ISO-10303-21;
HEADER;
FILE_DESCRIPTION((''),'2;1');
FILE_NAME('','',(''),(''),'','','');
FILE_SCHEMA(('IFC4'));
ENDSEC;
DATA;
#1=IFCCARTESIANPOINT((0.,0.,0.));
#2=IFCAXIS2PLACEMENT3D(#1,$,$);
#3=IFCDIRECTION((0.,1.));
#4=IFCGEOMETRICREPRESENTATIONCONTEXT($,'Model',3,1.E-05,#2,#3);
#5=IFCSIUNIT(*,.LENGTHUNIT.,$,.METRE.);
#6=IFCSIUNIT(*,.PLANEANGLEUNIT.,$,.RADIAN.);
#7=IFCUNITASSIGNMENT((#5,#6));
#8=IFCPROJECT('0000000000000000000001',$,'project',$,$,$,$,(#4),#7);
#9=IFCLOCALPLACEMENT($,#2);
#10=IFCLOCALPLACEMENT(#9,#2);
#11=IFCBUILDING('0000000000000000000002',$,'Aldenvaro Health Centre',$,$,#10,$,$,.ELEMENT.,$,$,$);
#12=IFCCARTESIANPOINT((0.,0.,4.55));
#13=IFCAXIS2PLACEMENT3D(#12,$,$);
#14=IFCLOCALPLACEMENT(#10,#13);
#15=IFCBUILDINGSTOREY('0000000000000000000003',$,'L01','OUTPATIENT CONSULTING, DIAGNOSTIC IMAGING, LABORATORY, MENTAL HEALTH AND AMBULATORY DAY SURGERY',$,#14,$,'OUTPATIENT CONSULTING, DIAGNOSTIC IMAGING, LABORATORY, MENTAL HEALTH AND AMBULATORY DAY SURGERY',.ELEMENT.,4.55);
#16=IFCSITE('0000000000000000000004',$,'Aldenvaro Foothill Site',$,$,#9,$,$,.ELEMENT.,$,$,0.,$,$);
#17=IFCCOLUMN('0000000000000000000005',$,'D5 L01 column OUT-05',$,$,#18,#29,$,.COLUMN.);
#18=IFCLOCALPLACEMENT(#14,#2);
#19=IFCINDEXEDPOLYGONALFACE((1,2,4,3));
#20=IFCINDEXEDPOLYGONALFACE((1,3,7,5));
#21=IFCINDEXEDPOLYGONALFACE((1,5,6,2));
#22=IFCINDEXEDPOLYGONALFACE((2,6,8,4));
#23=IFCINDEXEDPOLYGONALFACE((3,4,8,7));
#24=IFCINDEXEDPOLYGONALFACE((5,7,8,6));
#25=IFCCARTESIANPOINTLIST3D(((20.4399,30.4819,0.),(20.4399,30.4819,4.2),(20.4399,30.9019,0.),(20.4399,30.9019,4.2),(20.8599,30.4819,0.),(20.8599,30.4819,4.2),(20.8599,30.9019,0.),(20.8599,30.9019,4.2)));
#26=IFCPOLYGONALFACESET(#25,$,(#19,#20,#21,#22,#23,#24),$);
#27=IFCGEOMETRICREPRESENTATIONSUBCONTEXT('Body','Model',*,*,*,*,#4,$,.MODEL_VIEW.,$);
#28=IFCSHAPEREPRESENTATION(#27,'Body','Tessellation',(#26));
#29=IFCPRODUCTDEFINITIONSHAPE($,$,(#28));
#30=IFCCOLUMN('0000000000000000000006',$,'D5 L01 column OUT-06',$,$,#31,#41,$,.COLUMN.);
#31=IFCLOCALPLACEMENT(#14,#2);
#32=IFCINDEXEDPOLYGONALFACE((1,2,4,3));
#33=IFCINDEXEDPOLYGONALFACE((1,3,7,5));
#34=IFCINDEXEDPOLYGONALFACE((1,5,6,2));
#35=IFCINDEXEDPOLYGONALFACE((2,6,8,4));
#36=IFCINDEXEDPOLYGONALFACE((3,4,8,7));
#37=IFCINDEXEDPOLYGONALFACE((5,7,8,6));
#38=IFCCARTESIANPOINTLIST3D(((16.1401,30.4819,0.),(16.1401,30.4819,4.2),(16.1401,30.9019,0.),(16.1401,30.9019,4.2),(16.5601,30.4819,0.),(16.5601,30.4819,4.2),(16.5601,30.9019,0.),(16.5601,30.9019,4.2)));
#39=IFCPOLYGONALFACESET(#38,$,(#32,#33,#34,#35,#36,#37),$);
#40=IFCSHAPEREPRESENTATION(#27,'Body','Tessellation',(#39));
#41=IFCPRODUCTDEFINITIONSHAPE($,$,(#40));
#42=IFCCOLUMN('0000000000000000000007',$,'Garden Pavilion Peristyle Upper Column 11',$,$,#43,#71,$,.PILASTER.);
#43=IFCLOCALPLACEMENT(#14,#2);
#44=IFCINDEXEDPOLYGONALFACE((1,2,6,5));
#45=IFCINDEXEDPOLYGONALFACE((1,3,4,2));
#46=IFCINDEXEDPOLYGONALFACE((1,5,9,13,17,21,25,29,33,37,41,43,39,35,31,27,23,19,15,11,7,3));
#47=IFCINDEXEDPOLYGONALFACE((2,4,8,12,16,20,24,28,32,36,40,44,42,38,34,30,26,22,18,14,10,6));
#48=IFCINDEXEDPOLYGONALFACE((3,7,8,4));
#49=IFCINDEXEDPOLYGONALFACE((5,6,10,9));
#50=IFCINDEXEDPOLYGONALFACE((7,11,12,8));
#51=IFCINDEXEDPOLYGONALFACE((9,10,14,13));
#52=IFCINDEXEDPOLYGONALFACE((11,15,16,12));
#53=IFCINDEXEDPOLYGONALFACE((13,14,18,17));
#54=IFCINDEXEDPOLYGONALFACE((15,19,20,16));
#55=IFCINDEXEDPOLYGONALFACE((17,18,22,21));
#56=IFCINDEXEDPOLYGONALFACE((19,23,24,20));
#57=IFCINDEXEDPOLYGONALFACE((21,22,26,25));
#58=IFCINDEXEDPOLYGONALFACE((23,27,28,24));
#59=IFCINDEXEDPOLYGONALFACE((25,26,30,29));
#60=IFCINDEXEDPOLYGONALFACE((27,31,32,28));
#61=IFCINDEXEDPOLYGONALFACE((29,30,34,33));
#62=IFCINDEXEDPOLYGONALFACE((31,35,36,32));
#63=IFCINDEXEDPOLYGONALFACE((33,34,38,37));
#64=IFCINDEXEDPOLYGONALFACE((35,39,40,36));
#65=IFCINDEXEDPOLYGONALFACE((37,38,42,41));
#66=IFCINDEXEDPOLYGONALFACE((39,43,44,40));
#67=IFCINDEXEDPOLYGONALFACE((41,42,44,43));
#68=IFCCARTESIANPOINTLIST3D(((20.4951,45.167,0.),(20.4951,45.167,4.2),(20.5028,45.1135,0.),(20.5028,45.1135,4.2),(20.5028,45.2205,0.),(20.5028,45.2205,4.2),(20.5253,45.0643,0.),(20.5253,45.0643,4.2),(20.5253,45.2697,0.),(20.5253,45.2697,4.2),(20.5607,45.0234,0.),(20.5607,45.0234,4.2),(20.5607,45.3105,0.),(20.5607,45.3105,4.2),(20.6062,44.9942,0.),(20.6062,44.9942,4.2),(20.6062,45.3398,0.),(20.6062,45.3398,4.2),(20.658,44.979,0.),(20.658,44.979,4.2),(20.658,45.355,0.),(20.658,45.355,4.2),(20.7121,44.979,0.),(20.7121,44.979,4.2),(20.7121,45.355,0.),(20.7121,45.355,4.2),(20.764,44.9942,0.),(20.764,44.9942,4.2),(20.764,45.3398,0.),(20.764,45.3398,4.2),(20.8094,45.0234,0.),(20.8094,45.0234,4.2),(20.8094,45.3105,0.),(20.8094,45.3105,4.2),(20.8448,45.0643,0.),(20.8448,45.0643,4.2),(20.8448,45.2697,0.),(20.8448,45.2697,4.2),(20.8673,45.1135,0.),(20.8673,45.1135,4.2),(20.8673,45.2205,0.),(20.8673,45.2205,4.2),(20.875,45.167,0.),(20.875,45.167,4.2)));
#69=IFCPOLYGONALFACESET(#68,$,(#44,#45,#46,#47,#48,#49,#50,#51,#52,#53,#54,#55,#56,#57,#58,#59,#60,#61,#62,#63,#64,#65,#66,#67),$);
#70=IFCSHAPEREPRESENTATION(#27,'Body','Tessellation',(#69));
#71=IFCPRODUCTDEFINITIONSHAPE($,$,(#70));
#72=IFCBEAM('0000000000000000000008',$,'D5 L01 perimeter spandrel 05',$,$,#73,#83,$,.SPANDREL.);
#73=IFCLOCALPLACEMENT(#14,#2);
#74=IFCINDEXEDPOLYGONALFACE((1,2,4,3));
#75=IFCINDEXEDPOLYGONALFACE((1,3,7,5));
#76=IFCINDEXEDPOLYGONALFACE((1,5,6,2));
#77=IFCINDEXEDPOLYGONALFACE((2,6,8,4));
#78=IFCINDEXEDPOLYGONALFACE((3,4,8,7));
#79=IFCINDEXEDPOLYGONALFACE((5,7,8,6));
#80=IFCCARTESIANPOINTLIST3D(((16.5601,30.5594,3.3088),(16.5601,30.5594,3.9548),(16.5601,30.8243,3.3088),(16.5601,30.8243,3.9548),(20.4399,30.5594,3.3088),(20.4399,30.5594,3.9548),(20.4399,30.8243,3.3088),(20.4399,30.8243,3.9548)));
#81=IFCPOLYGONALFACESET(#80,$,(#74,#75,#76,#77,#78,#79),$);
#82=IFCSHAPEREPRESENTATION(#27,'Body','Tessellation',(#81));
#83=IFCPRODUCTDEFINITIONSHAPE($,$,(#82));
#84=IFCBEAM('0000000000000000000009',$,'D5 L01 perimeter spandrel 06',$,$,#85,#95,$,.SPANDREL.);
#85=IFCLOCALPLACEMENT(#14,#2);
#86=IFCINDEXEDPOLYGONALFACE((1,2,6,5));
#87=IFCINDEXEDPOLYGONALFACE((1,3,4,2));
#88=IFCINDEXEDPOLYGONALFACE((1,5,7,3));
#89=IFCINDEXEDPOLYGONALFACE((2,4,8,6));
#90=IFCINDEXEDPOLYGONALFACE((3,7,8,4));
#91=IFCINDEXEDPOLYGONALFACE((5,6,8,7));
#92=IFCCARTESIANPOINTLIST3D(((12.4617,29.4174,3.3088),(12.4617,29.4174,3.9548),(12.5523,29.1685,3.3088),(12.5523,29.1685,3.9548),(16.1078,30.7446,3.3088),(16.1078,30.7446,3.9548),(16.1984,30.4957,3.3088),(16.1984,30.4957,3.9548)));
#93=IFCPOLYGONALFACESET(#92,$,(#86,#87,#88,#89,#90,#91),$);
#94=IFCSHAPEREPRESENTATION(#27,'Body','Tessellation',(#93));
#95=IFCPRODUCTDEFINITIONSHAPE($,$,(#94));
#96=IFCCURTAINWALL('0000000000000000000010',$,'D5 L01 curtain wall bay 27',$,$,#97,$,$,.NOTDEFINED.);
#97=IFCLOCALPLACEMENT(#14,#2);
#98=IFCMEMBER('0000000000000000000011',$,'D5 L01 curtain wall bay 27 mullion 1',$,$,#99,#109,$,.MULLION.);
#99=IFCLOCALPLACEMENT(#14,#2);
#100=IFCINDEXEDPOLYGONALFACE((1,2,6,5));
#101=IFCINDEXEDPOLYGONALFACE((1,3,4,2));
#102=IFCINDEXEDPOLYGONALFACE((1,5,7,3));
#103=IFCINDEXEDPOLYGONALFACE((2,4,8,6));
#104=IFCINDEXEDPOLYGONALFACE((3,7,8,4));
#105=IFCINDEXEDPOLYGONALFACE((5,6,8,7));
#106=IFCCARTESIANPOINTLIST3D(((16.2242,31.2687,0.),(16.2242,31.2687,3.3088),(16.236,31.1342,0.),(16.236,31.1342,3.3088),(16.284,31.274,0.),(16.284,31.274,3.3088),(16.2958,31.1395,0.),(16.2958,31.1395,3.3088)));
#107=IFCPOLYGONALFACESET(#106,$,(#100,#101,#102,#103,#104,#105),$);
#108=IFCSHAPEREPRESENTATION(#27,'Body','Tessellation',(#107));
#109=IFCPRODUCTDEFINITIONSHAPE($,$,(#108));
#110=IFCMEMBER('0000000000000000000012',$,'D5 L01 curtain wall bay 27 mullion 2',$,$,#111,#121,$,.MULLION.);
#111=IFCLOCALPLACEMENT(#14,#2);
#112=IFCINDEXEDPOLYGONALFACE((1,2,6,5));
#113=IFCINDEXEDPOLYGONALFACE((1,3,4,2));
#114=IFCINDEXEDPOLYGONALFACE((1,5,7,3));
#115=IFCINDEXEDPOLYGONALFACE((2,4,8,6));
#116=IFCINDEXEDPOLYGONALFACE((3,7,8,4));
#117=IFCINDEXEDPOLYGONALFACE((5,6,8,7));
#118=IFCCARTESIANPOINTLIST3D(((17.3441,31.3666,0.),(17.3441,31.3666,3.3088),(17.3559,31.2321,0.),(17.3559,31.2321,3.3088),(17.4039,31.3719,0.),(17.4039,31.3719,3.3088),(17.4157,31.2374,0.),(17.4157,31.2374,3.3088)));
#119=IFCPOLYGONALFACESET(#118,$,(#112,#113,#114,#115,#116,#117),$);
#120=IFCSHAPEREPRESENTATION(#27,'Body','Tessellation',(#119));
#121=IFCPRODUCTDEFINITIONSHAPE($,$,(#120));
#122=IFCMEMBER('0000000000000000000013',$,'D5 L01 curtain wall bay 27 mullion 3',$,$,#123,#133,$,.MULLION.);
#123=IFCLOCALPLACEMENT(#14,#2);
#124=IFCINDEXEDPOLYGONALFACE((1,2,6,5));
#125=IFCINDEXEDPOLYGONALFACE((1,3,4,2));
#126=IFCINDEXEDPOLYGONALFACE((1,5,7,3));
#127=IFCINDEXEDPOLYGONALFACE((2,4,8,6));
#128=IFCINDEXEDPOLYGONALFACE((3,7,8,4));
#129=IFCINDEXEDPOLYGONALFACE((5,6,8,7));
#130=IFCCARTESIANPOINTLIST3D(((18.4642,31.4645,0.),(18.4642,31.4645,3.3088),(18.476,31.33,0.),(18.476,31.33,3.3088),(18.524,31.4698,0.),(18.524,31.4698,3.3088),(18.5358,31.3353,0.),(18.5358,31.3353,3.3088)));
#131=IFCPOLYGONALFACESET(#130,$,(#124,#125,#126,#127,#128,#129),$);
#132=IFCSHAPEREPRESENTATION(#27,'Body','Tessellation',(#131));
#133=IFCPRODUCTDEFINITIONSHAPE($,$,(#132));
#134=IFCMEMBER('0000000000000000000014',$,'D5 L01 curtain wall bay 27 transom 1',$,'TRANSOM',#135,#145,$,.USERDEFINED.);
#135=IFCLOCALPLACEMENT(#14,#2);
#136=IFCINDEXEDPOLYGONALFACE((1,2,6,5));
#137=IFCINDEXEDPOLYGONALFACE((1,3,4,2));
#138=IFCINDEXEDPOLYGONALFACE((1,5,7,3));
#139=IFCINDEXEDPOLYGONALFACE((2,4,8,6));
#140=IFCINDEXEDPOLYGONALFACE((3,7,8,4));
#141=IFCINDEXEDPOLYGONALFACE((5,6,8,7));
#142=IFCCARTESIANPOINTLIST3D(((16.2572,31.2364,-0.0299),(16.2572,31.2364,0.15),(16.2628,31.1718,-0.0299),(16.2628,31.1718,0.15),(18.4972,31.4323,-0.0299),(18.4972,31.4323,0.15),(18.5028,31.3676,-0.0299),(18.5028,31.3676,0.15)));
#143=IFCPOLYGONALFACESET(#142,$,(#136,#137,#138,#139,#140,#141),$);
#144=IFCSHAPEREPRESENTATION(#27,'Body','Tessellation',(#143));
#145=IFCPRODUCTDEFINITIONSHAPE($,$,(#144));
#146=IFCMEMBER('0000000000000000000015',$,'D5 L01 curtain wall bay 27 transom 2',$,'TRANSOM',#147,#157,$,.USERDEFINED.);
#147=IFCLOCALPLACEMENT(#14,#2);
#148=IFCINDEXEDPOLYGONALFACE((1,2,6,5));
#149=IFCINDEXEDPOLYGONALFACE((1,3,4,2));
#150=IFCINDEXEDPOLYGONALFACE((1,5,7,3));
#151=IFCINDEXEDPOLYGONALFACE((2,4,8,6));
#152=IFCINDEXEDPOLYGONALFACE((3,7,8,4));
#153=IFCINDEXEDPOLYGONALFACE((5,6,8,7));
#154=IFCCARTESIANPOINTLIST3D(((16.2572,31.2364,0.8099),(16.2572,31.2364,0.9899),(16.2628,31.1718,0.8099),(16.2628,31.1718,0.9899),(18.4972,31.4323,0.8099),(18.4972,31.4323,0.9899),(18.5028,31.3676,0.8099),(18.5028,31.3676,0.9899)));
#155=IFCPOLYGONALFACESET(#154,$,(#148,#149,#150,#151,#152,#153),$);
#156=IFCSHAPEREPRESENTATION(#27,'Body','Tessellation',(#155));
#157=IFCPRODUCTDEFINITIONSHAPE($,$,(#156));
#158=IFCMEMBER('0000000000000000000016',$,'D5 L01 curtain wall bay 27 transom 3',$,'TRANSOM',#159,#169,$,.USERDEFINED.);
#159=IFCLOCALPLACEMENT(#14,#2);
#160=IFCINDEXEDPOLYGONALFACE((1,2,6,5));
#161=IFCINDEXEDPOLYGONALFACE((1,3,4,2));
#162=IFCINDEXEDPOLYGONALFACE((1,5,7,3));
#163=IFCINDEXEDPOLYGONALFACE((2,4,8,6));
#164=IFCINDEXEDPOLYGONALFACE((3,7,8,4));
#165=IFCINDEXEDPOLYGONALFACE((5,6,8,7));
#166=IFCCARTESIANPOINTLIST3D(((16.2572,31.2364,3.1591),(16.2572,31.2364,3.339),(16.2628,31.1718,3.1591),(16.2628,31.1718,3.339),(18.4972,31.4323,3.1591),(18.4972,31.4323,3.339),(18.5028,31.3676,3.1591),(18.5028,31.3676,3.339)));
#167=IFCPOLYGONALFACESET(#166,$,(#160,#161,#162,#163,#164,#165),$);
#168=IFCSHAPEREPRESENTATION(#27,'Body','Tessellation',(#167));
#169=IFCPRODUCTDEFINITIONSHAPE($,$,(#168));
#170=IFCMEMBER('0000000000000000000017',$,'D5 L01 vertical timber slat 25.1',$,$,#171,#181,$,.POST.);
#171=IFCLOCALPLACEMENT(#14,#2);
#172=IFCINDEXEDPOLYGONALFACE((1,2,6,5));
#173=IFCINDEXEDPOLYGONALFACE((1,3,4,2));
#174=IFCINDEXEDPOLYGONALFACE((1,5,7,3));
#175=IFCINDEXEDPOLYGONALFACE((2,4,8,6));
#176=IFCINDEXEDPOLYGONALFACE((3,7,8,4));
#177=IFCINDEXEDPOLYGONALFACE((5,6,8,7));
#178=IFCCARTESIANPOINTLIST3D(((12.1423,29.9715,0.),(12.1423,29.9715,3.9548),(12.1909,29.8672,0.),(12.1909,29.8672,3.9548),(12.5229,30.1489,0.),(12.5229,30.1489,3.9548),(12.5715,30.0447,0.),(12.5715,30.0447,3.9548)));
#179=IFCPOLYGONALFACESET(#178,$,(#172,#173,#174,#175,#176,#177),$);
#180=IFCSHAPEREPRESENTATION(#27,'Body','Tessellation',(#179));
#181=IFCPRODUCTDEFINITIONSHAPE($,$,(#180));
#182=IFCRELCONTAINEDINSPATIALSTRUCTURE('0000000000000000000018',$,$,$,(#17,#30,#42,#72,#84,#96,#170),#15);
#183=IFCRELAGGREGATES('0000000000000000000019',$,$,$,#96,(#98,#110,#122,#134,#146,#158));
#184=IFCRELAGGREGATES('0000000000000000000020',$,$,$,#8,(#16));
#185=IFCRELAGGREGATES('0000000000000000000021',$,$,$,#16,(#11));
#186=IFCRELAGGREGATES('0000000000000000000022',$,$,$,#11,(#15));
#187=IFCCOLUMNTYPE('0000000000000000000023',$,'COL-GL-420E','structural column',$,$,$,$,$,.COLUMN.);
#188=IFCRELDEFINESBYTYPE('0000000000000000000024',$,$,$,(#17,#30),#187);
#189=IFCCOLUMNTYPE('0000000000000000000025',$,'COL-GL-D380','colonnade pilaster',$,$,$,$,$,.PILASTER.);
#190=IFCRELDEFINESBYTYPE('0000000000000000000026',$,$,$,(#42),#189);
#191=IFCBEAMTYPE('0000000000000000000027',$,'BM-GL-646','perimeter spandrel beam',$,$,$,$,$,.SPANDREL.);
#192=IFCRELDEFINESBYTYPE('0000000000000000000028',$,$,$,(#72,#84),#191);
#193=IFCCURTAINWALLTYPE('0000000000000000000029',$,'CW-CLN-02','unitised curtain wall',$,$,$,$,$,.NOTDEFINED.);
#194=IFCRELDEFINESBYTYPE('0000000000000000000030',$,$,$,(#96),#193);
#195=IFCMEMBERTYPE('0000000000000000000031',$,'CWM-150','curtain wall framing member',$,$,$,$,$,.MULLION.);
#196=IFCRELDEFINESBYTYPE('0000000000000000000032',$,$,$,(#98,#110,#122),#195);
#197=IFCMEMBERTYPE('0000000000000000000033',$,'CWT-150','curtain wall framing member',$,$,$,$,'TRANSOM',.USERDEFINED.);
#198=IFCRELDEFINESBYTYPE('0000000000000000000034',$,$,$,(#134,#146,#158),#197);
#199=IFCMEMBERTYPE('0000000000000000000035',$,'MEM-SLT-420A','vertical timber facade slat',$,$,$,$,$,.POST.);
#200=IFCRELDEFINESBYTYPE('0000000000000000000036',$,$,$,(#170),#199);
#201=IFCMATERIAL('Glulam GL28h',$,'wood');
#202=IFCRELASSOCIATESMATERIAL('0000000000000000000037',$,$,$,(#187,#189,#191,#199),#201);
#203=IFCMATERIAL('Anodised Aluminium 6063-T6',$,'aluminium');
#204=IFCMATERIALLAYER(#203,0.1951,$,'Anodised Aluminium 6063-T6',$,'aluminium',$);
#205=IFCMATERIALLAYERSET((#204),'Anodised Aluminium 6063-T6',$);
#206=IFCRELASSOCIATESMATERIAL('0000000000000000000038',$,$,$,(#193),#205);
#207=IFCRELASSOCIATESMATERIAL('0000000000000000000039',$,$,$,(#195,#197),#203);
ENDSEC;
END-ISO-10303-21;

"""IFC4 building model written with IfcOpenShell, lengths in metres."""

from ifc_helpers import new_model, si_unit, direction, frame, origin, origin_2d, place, context, subcontext, project, spatial, rectangle, circle, extrude, material, layer, layer_set, material_profile, profile_set, type_object, element, aggregate, save


model = new_model("IFC4")

# Units and contexts
model_context = context("Model", 3, precision=1e-05, world=origin(), true_north=direction((0.0, 1.0)))
body_context = subcontext(model_context, "Body", "Model", "MODEL_VIEW")
ifc_project = project(units=[si_unit("LENGTHUNIT", "METRE"), si_unit("PLANEANGLEUNIT", "RADIAN")], contexts=[model_context])

# Site, building, storey
site_placement = place(None, origin())
site = spatial("IfcSite", under=ifc_project, at=site_placement, Name="Aldenvaro Foothill Site", CompositionType="ELEMENT", RefElevation=0.0)
building_placement = place(site_placement, origin())
building = spatial("IfcBuilding", under=site, at=building_placement, Name="Aldenvaro Health Centre", CompositionType="ELEMENT")
storey_placement = place(building_placement, frame((0.0, 0.0, 4.55)))
storey = spatial("IfcBuildingStorey", under=building, at=storey_placement, Name="L01", Description="OUTPATIENT CONSULTING, DIAGNOSTIC IMAGING, LABORATORY, MENTAL HEALTH AND AMBULATORY DAY SURGERY", LongName="OUTPATIENT CONSULTING, DIAGNOSTIC IMAGING, LABORATORY, MENTAL HEALTH AND AMBULATORY DAY SURGERY", CompositionType="ELEMENT", Elevation=4.55)

# Columns
ifc_material_1 = material(Name="Glulam GL28h", Category="wood")
ifc_material_profile_1 = material_profile(ifc_material_1, rectangle(XDim=0.4199, YDim=0.4199, at=origin_2d()), Name="GL 420x420", Category="wood")
ifc_profile_set_1 = profile_set([ifc_material_profile_1], Name="Glulam GL28h")
column_type_1 = type_object("IfcColumnType", Name="COL-GL-420E", Description="structural column", PredefinedType="COLUMN", material=ifc_profile_set_1)
for number, where, z_axis, x_axis, name in (
    (1, (20.6499, 30.6919, 0.0), (0.0, 0.0, 1.0), (1.0, 0.0, 0.0), "D5 L01 column OUT-05"),
    (2, (16.3501, 30.6919, 0.0), (0.0, 0.0, 1.0), (1.0, 0.0, 0.0), "D5 L01 column OUT-06"),
):
    element("IfcColumn", number, at=place(storey_placement, frame(where, z_axis=z_axis, x_axis=x_axis)), inside=storey, type_object=column_type_1, Name=name, PredefinedType="COLUMN", context=body_context, shape_type="SweptSolid", body=[
        extrude(rectangle(XDim=0.4199, YDim=0.4199, at=origin_2d()), origin(), (0.0, 0.0, 1.0), 4.2),
    ])
ifc_material_profile_2 = material_profile(ifc_material_1, circle(Radius=0.1899, at=origin_2d()), Name="GL D380", Category="wood")
ifc_profile_set_2 = profile_set([ifc_material_profile_2], Name="Glulam GL28h")
column_type_2 = type_object("IfcColumnType", Name="COL-GL-D380", Description="colonnade pilaster", PredefinedType="PILASTER", material=ifc_profile_set_2)
column_placement = place(storey_placement, frame((20.6851, 45.167, 0.0), z_axis=(0.0, 0.0, 1.0), x_axis=(1.0, 0.0, 0.0)))
element("IfcColumn", 3, at=column_placement, inside=storey, type_object=column_type_2, Name="Garden Pavilion Peristyle Upper Column 11", PredefinedType="PILASTER", context=body_context, shape_type="SweptSolid", body=[
    extrude(circle(Radius=0.1899, at=origin_2d()), origin(), (0.0, 0.0, 1.0), 4.2),
])

# Beams
ifc_material_profile_3 = material_profile(ifc_material_1, rectangle(XDim=0.2649, YDim=0.646, at=origin_2d()), Name="GL 265x646", Category="wood")
ifc_profile_set_3 = profile_set([ifc_material_profile_3], Name="Glulam GL28h")
beam_type = type_object("IfcBeamType", Name="BM-GL-646", Description="perimeter spandrel beam", PredefinedType="SPANDREL", material=ifc_profile_set_3)
beam_1_placement = place(storey_placement, frame((20.4399, 30.6919, 3.6318), z_axis=(-1.0, 0.0, 0.0), x_axis=(0.0, -1.0, 0.0)))
element("IfcBeam", 4, at=beam_1_placement, inside=storey, type_object=beam_type, Name="D5 L01 perimeter spandrel 05", PredefinedType="SPANDREL", context=body_context, shape_type="SweptSolid", body=[
    extrude(rectangle(XDim=0.2649, YDim=0.646, at=origin_2d()), origin(), (0.0, 0.0, 1.0), 3.8799),
])
beam_2_placement = place(storey_placement, frame((16.1531, 30.6201, 3.6318), z_axis=(-0.939683, -0.342046, 0.0), x_axis=(0.342046, -0.939683, 0.0)))
element("IfcBeam", 5, at=beam_2_placement, inside=storey, type_object=beam_type, Name="D5 L01 perimeter spandrel 06", PredefinedType="SPANDREL", context=body_context, shape_type="SweptSolid", body=[
    extrude(rectangle(XDim=0.2649, YDim=0.646, at=origin_2d()), origin(), (0.0, 0.0, 1.0), 3.8801),
])

# Curtain wall, members
ifc_material_2 = material(Name="Anodised Aluminium 6063-T6", Category="aluminium")
ifc_layer_1 = layer(ifc_material_2, 0.1951, Name="Anodised Aluminium 6063-T6", Category="aluminium")
ifc_layer_set_1 = layer_set([ifc_layer_1], Name="Anodised Aluminium 6063-T6")
curtain_wall_type = type_object("IfcCurtainWallType", Name="CW-CLN-02", Description="unitised curtain wall", PredefinedType="NOTDEFINED", material=ifc_layer_set_1)
curtain_wall_placement = place(storey_placement, origin())
curtain_wall = element("IfcCurtainWall", 6, at=curtain_wall_placement, inside=storey, type_object=curtain_wall_type, Name="D5 L01 curtain wall bay 27", PredefinedType="NOTDEFINED")
ifc_material_profile_4 = material_profile(ifc_material_2, rectangle(XDim=0.0601, YDim=0.135, at=origin_2d()), Name="ALU 60x135", Category="aluminium")
ifc_profile_set_4 = profile_set([ifc_material_profile_4], Name="Anodised Aluminium 6063-T6")
member_type_1 = type_object("IfcMemberType", Name="CWM-150", Description="curtain wall framing member", PredefinedType="MULLION", material=ifc_profile_set_4)
member_1_placement = place(storey_placement, frame((16.26, 31.2041, 0.0), z_axis=(0.0, 0.0, 1.0), x_axis=(0.996194, 0.087167, 0.0)))
member_1 = element("IfcMember", 7, at=member_1_placement, type_object=member_type_1, Name="D5 L01 curtain wall bay 27 mullion 1", PredefinedType="MULLION", context=body_context, shape_type="SweptSolid", body=[
    extrude(rectangle(XDim=0.0601, YDim=0.135, at=origin_2d()), origin(), (0.0, 0.0, 1.0), 3.3088),
])
member_2_placement = place(storey_placement, frame((17.3799, 31.302, 0.0), z_axis=(0.0, 0.0, 1.0), x_axis=(0.996194, 0.087167, 0.0)))
member_2 = element("IfcMember", 8, at=member_2_placement, type_object=member_type_1, Name="D5 L01 curtain wall bay 27 mullion 2", PredefinedType="MULLION", context=body_context, shape_type="SweptSolid", body=[
    extrude(rectangle(XDim=0.0601, YDim=0.135, at=origin_2d()), origin(), (0.0, 0.0, 1.0), 3.3088),
])
member_3_placement = place(storey_placement, frame((18.5, 31.3999, 0.0), z_axis=(0.0, 0.0, 1.0), x_axis=(0.996194, 0.087167, 0.0)))
member_3 = element("IfcMember", 9, at=member_3_placement, type_object=member_type_1, Name="D5 L01 curtain wall bay 27 mullion 3", PredefinedType="MULLION", context=body_context, shape_type="SweptSolid", body=[
    extrude(rectangle(XDim=0.0601, YDim=0.135, at=origin_2d()), origin(), (0.0, 0.0, 1.0), 3.3088),
])
ifc_material_profile_5 = material_profile(ifc_material_2, rectangle(XDim=0.0649, YDim=0.1799, at=origin_2d()), Name="ALU 65x180", Category="aluminium")
ifc_profile_set_5 = profile_set([ifc_material_profile_5], Name="Anodised Aluminium 6063-T6")
member_type_2 = type_object("IfcMemberType", Name="CWT-150", Description="curtain wall framing member", ElementType="TRANSOM", PredefinedType="USERDEFINED", material=ifc_profile_set_5)
member_4_placement = place(storey_placement, frame((16.26, 31.2041, 0.0601), z_axis=(0.996201, 0.087079, 0.0), x_axis=(-0.087079, 0.996201, 0.0)))
member_4 = element("IfcMember", 10, at=member_4_placement, type_object=member_type_2, Name="D5 L01 curtain wall bay 27 transom 1", ObjectType="TRANSOM", PredefinedType="USERDEFINED", context=body_context, shape_type="SweptSolid", body=[
    extrude(rectangle(XDim=0.0649, YDim=0.1799, at=origin_2d()), origin(), (0.0, 0.0, 1.0), 2.2485),
])
member_5_placement = place(storey_placement, frame((16.26, 31.2041, 0.8999), z_axis=(0.996201, 0.087079, 0.0), x_axis=(-0.087079, 0.996201, 0.0)))
member_5 = element("IfcMember", 11, at=member_5_placement, type_object=member_type_2, Name="D5 L01 curtain wall bay 27 transom 2", ObjectType="TRANSOM", PredefinedType="USERDEFINED", context=body_context, shape_type="SweptSolid", body=[
    extrude(rectangle(XDim=0.0649, YDim=0.1799, at=origin_2d()), origin(), (0.0, 0.0, 1.0), 2.2485),
])
member_6_placement = place(storey_placement, frame((16.26, 31.2041, 3.249), z_axis=(0.996201, 0.087079, 0.0), x_axis=(-0.087079, 0.996201, 0.0)))
member_6 = element("IfcMember", 12, at=member_6_placement, type_object=member_type_2, Name="D5 L01 curtain wall bay 27 transom 3", ObjectType="TRANSOM", PredefinedType="USERDEFINED", context=body_context, shape_type="SweptSolid", body=[
    extrude(rectangle(XDim=0.0649, YDim=0.1799, at=origin_2d()), origin(), (0.0, 0.0, 1.0), 2.2485),
])

# Member
ifc_material_profile_6 = material_profile(ifc_material_1, rectangle(XDim=0.115, YDim=0.4199, at=origin_2d()), Name="GL 115x420", Category="wood")
ifc_profile_set_6 = profile_set([ifc_material_profile_6], Name="Glulam GL28h")
member_type_3 = type_object("IfcMemberType", Name="MEM-SLT-420A", Description="vertical timber facade slat", PredefinedType="POST", material=ifc_profile_set_6)
for number, where, z_axis, x_axis, name in (
    (13, (12.3569, 30.0081, 0.0), (0.0, 0.0, 1.0), (-0.422496, 0.906365, 0.0), "D5 L01 vertical timber slat 25.1"),
):
    element("IfcMember", number, at=place(storey_placement, frame(where, z_axis=z_axis, x_axis=x_axis)), inside=storey, type_object=member_type_3, Name=name, PredefinedType="POST", context=body_context, shape_type="SweptSolid", body=[
        extrude(rectangle(XDim=0.115, YDim=0.4199, at=origin_2d()), origin(), (0.0, 0.0, 1.0), 3.9548),
    ])

aggregate(curtain_wall, [member_1, member_2, member_3, member_4, member_5, member_6])

save(model, "model.ifc")
